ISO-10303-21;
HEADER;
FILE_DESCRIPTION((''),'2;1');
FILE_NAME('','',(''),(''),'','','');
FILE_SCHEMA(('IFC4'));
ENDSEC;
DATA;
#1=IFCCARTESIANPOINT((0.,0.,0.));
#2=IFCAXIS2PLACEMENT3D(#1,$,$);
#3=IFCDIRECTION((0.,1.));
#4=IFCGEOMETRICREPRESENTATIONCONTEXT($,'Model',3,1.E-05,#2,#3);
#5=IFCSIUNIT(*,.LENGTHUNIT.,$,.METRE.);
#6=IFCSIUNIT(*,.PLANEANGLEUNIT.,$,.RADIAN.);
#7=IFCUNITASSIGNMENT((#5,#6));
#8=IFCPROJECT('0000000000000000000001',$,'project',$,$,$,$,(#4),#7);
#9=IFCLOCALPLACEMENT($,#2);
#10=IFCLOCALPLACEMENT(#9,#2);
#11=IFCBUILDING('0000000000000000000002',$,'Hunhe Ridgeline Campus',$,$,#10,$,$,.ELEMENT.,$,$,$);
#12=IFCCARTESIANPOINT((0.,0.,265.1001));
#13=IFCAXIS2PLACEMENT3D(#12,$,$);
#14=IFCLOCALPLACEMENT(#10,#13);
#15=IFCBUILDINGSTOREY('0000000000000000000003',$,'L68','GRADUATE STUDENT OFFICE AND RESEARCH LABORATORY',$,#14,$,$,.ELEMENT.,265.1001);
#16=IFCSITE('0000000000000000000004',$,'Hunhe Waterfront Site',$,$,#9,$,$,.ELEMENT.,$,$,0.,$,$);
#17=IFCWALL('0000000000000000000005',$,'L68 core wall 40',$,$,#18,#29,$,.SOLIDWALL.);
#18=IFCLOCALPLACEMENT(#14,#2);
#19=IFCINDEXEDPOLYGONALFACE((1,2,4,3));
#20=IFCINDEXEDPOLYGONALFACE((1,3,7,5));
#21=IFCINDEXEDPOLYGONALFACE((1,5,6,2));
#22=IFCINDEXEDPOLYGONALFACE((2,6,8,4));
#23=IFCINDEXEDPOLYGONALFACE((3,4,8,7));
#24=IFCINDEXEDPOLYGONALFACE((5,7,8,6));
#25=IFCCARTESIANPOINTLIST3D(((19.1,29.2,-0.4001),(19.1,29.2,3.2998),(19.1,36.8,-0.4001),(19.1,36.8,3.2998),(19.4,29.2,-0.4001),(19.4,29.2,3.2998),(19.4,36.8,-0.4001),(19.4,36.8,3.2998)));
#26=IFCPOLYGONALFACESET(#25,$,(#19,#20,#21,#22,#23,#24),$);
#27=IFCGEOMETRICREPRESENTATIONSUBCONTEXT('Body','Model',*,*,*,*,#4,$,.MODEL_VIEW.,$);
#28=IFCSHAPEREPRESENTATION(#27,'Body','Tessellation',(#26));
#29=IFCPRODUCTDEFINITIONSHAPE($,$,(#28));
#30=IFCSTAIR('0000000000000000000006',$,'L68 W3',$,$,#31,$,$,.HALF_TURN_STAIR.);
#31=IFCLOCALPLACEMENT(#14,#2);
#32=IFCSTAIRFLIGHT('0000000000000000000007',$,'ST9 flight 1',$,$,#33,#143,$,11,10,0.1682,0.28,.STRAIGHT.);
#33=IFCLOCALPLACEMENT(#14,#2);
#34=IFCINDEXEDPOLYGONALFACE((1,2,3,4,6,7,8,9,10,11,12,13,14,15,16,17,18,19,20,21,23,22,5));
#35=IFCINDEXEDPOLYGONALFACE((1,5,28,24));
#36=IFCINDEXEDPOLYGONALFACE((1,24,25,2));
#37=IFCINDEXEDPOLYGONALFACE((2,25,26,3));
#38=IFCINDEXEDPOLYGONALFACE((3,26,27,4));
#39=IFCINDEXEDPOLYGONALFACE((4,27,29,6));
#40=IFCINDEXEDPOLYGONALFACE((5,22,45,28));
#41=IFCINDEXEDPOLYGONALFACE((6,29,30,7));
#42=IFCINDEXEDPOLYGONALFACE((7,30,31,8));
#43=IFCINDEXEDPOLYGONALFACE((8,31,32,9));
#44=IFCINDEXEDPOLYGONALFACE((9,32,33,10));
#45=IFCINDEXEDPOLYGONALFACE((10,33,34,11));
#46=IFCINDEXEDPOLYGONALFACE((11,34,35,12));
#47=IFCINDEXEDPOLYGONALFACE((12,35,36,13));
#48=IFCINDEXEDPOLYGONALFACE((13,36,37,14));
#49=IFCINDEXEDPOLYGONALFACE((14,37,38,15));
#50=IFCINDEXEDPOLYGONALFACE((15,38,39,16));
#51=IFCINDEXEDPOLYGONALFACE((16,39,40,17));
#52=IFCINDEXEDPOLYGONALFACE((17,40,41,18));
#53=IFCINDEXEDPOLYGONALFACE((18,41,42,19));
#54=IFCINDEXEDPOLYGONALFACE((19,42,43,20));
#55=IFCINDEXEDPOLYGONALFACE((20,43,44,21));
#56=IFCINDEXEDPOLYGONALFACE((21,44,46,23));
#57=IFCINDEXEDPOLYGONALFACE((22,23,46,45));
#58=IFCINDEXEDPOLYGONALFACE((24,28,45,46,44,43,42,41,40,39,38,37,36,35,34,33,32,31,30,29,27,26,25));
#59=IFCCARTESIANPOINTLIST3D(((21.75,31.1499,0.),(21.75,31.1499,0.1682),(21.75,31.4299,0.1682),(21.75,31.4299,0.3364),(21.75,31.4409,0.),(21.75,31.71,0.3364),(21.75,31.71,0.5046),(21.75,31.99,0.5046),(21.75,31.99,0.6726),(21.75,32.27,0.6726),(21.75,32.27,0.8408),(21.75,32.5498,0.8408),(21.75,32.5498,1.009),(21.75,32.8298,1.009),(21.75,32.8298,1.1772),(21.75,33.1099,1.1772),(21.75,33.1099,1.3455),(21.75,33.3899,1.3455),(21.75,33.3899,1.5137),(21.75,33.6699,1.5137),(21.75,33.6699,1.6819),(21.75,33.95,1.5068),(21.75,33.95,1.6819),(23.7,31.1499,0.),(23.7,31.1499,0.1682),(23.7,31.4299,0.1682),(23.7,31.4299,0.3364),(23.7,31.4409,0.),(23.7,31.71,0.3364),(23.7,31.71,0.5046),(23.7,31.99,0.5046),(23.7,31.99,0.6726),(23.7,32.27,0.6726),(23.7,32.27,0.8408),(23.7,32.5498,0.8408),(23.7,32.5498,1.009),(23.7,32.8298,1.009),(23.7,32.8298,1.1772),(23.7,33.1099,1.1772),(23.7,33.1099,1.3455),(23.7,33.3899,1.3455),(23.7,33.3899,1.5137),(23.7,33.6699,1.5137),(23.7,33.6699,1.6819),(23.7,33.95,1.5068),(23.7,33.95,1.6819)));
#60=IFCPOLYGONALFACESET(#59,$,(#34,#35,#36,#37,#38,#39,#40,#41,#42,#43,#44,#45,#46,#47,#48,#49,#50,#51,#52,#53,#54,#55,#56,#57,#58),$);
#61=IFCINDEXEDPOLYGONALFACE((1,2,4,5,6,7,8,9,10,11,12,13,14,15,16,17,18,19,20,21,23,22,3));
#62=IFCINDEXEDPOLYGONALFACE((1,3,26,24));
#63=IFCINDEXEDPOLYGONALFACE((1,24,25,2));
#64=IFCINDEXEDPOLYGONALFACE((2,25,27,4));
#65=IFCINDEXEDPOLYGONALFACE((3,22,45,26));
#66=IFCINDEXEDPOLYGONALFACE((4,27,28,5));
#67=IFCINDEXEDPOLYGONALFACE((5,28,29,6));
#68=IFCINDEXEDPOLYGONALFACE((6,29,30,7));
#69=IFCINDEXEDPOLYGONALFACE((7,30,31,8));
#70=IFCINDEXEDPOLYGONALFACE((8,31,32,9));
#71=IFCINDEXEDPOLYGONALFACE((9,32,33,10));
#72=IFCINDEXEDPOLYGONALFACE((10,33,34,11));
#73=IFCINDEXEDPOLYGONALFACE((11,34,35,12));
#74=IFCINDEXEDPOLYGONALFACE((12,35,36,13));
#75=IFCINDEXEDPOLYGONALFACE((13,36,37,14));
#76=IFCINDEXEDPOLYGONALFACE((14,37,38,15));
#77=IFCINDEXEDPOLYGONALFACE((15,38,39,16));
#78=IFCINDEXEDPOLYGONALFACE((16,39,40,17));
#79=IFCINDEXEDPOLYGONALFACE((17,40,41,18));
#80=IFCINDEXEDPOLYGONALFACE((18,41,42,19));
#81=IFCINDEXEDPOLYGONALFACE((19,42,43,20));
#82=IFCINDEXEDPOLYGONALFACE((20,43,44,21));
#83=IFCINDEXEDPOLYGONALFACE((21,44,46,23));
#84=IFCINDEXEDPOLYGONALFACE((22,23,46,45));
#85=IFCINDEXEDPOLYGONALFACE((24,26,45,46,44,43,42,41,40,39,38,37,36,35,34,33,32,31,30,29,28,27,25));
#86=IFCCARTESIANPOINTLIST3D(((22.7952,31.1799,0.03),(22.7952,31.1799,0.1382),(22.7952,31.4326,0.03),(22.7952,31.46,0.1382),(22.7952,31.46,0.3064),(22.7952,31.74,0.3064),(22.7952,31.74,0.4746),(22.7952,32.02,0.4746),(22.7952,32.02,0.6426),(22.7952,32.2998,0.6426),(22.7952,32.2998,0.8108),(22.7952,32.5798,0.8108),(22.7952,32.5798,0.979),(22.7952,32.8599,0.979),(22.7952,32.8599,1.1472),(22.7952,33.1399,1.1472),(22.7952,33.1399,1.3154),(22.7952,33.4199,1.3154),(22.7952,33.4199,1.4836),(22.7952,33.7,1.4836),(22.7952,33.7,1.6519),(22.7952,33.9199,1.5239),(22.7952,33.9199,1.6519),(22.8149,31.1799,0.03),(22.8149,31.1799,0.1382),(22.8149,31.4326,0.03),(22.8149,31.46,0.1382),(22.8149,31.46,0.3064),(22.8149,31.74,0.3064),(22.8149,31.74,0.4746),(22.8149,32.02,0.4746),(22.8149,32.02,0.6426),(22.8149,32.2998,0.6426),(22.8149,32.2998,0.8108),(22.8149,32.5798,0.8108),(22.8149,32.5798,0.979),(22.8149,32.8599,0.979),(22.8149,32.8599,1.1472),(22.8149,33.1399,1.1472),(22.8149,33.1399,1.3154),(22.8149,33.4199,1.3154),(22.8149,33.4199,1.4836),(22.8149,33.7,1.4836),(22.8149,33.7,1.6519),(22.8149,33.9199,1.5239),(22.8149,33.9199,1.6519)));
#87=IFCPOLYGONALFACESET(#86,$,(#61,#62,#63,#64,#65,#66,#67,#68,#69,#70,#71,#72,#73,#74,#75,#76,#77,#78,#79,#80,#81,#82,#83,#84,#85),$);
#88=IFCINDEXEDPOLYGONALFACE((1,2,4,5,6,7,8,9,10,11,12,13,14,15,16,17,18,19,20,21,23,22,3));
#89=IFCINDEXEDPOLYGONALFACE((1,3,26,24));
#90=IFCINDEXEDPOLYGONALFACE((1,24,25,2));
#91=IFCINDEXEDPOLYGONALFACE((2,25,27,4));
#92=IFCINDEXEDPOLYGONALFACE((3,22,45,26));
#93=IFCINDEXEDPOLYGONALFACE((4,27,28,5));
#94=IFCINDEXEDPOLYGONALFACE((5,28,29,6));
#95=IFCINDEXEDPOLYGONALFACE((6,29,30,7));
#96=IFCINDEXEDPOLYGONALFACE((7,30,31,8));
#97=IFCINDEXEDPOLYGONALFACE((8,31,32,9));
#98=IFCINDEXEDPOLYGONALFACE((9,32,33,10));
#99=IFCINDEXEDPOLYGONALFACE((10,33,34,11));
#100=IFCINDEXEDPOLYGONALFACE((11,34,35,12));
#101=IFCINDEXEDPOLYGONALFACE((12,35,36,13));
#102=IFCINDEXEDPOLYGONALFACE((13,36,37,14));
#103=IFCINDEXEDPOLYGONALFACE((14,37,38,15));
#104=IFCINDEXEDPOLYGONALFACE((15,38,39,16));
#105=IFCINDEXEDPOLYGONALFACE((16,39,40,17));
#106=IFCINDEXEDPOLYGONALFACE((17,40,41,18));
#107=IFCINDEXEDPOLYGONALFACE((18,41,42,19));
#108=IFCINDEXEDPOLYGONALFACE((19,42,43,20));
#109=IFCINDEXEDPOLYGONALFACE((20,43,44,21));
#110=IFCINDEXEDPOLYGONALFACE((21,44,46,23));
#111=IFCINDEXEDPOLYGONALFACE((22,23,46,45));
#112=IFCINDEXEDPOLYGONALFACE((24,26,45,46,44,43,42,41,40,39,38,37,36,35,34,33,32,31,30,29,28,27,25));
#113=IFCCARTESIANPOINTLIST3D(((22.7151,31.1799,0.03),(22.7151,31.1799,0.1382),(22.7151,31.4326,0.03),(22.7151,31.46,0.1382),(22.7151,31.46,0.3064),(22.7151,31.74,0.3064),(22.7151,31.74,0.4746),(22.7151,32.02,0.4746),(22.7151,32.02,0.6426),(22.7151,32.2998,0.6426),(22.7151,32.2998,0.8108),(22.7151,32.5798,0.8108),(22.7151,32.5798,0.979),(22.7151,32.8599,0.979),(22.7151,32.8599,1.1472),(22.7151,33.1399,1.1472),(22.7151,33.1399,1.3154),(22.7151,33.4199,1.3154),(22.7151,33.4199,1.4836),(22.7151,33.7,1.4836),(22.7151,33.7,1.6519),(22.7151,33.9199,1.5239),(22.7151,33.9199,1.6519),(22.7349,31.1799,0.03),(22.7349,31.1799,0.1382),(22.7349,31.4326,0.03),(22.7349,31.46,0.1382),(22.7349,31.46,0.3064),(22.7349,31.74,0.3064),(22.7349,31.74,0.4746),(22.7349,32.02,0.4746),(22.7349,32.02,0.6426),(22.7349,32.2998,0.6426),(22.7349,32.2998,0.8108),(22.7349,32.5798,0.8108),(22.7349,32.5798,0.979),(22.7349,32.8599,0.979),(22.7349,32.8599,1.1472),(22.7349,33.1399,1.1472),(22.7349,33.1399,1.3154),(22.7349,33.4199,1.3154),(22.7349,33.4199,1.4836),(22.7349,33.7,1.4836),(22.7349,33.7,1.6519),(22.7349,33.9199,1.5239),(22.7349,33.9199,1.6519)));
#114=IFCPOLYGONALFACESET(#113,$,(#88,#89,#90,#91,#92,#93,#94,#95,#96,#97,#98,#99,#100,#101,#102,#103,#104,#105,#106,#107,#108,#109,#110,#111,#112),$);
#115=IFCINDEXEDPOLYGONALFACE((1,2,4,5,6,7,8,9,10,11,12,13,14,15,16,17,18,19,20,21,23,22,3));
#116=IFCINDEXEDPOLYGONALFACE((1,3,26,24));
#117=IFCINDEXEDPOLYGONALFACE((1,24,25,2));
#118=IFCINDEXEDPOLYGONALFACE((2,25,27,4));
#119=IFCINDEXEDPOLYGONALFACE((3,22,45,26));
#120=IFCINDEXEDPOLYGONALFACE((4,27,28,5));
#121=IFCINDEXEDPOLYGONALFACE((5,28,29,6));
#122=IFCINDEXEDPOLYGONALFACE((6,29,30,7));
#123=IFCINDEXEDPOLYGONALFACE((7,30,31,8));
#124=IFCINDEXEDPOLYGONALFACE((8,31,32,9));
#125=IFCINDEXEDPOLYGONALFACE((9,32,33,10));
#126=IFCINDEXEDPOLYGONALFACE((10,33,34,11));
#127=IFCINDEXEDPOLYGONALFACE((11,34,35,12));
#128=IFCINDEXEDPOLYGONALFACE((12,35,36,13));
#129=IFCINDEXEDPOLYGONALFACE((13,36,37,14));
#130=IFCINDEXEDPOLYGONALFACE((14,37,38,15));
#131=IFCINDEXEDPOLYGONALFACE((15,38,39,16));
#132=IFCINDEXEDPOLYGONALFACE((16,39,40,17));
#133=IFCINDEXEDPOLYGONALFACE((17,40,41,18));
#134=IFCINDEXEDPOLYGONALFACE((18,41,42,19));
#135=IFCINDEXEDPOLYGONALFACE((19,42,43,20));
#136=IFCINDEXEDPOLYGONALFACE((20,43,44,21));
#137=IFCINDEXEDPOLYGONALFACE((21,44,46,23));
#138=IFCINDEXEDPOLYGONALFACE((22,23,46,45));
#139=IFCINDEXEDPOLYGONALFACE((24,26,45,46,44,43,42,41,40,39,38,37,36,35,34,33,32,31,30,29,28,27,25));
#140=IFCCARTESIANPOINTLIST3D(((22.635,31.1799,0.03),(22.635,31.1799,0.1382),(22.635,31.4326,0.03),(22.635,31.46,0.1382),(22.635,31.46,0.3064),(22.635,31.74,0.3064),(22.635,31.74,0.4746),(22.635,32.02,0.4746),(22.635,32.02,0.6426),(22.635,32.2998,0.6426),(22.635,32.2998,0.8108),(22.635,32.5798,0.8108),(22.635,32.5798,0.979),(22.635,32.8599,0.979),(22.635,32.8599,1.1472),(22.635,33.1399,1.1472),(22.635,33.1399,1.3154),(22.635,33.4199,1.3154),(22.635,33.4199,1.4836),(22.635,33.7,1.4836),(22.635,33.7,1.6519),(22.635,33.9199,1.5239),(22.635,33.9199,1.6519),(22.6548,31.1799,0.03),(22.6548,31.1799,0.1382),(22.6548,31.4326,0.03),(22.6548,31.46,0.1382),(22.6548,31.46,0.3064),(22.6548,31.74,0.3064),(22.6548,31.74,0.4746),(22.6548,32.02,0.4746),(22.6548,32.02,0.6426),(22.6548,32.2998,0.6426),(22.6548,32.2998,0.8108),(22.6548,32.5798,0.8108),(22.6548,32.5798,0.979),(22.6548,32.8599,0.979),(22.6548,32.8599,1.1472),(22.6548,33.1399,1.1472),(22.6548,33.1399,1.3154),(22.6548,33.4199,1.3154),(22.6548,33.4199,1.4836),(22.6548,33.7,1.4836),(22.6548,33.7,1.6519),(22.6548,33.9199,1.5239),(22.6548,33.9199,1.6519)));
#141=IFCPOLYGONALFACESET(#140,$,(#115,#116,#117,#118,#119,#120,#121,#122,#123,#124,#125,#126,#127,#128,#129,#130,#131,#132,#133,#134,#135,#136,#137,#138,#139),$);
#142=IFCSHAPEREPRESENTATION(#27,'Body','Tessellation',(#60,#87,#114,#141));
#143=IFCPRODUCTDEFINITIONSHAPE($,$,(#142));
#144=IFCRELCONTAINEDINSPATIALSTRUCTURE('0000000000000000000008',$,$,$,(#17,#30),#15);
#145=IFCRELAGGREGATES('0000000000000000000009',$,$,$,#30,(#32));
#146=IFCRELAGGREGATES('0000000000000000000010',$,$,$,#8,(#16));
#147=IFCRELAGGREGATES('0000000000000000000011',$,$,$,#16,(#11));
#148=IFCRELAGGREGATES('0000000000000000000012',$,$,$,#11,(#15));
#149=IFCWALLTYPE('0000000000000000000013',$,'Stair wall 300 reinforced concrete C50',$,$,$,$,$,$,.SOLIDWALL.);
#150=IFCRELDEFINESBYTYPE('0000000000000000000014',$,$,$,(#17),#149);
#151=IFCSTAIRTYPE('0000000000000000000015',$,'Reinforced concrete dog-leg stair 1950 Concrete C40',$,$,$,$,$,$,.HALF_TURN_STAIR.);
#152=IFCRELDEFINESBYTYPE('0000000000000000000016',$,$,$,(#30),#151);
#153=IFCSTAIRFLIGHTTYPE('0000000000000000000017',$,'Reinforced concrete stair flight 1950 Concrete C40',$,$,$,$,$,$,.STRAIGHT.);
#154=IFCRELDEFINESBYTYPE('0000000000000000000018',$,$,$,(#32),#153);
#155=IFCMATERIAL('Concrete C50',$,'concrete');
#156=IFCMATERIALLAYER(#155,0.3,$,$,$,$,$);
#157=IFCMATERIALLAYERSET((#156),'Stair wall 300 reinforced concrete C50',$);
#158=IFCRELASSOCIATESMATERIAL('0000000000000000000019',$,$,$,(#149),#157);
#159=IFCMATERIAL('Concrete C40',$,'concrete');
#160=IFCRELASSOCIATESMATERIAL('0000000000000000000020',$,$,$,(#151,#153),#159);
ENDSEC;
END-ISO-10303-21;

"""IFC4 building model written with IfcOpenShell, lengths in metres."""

from ifc_helpers import new_model, si_unit, direction, frame, frame_2d, origin, place, context, subcontext, project, spatial, polyline, rectangle, outline, extrude, material, layer, layer_set, type_object, element, aggregate, save


model = new_model("IFC4")

# Units and contexts
model_context = context("Model", 3, precision=1e-05, world=origin(), true_north=direction((0.0, 1.0)))
body_context = subcontext(model_context, "Body", "Model", "MODEL_VIEW")
ifc_project = project(units=[si_unit("LENGTHUNIT", "METRE"), si_unit("PLANEANGLEUNIT", "RADIAN")], contexts=[model_context])

# Site, building, storey
site_placement = place(None, origin())
site = spatial("IfcSite", under=ifc_project, at=site_placement, Name="Hunhe Waterfront Site", CompositionType="ELEMENT", RefElevation=0.0)
building_placement = place(site_placement, origin())
building = spatial("IfcBuilding", under=site, at=building_placement, Name="Hunhe Ridgeline Campus", CompositionType="ELEMENT")
storey_placement = place(building_placement, frame((0.0, 0.0, 265.1001)))
storey = spatial("IfcBuildingStorey", under=building, at=storey_placement, Name="L68", Description="GRADUATE STUDENT OFFICE AND RESEARCH LABORATORY", CompositionType="ELEMENT", Elevation=265.1001)

# Shared definitions
ifc_material_1 = material(Name="Concrete C50", Category="concrete")

# Wall
ifc_layer_1 = layer(ifc_material_1, 0.3)
ifc_layer_set_1 = layer_set([ifc_layer_1], Name="Stair wall 300 reinforced concrete C50")
wall_type_1 = type_object("IfcWallType", Name="Stair wall 300 reinforced concrete C50", PredefinedType="SOLIDWALL", material=ifc_layer_set_1)
wall_1_placement = place(storey_placement, frame((19.25, 29.2, -0.4001), z_axis=(0.0, 0.0, 1.0), x_axis=(0.0, 1.0, 0.0)))
element("IfcWall", 1, at=wall_1_placement, inside=storey, type_object=wall_type_1, Name="L68 core wall 40", PredefinedType="SOLIDWALL", context=body_context, shape_type="SweptSolid", body=[
    extrude(rectangle(XDim=7.6001, YDim=0.3, at=frame_2d((3.8, 0.0))), origin(), (0.0, 0.0, 1.0), 3.7),
])

# Stair, stair flight
ifc_material_2 = material(Name="Concrete C40", Category="concrete")
stair_type = type_object("IfcStairType", Name="Reinforced concrete dog-leg stair 1950 Concrete C40", PredefinedType="HALF_TURN_STAIR", material=ifc_material_2)
stair_placement = place(storey_placement, origin())
stair = element("IfcStair", 2, at=stair_placement, inside=storey, type_object=stair_type, Name="L68 W3", PredefinedType="HALF_TURN_STAIR")
stair_flight_type = type_object("IfcStairFlightType", Name="Reinforced concrete stair flight 1950 Concrete C40", PredefinedType="STRAIGHT", material=ifc_material_2)
stair_flight_placement = place(storey_placement, frame((22.7251, 31.1499, 0.0), z_axis=(0.0, 0.0, 1.0), x_axis=(0.0, 1.0, 0.0)))
stair_flight = element("IfcStairFlight", 3, at=stair_flight_placement, type_object=stair_flight_type, Name="ST9 flight 1", NumberOfRisers=11, NumberOfTreads=10, PredefinedType="STRAIGHT", RiserHeight=0.1682, TreadLength=0.28, context=body_context, shape_type="SweptSolid", body=[
    extrude(outline(polyline([(0.0, 0.0), (0.0, 0.1682), (0.28, 0.1682), (0.28, 0.3364), (0.5601, 0.3364), (0.5601, 0.5046), (0.8401, 0.5046), (0.8401, 0.6726), (1.1201, 0.6726), (1.1201, 0.8408), (1.3999, 0.8408), (1.3999, 1.009), (1.6799, 1.009), (1.6799, 1.1772), (1.96, 1.1772), (1.96, 1.3455), (2.24, 1.3455), (2.24, 1.5137), (2.52, 1.5137), (2.52, 1.6819), (2.8, 1.6819), (2.8, 1.8501), (2.8, 1.5068), (0.291, 0.0), (0.0, 0.0)])), frame((0.0, 0.9751, 0.0), z_axis=(0.0, -1.0, 0.0), x_axis=(1.0, 0.0, 0.0)), (0.0, 0.0, 1.0), 1.95),
    extrude(outline(polyline([(0.03, 0.03), (0.03, 0.1382), (0.3101, 0.1382), (0.3101, 0.3064), (0.5901, 0.3064), (0.5901, 0.4746), (0.8701, 0.4746), (0.8701, 0.6426), (1.1499, 0.6426), (1.1499, 0.8108), (1.4299, 0.8108), (1.4299, 0.979), (1.71, 0.979), (1.71, 1.1472), (1.99, 1.1472), (1.99, 1.3154), (2.27, 1.3154), (2.27, 1.4836), (2.55, 1.4836), (2.55, 1.6519), (2.77, 1.6519), (2.77, 1.5239), (0.2827, 0.03), (0.03, 0.03)])), frame((0.0, -0.0701, 0.0), z_axis=(0.0, -1.0, 0.0), x_axis=(1.0, 0.0, 0.0)), (0.0, 0.0, 1.0), 0.0198),
    extrude(outline(polyline([(0.03, 0.03), (0.03, 0.1382), (0.3101, 0.1382), (0.3101, 0.3064), (0.5901, 0.3064), (0.5901, 0.4746), (0.8701, 0.4746), (0.8701, 0.6426), (1.1499, 0.6426), (1.1499, 0.8108), (1.4299, 0.8108), (1.4299, 0.979), (1.71, 0.979), (1.71, 1.1472), (1.99, 1.1472), (1.99, 1.3154), (2.27, 1.3154), (2.27, 1.4836), (2.55, 1.4836), (2.55, 1.6519), (2.77, 1.6519), (2.77, 1.5239), (0.2827, 0.03), (0.03, 0.03)])), frame((0.0, 0.01, 0.0), z_axis=(0.0, -1.0, 0.0), x_axis=(1.0, 0.0, 0.0)), (0.0, 0.0, 1.0), 0.0198),
    extrude(outline(polyline([(0.03, 0.03), (0.03, 0.1382), (0.3101, 0.1382), (0.3101, 0.3064), (0.5901, 0.3064), (0.5901, 0.4746), (0.8701, 0.4746), (0.8701, 0.6426), (1.1499, 0.6426), (1.1499, 0.8108), (1.4299, 0.8108), (1.4299, 0.979), (1.71, 0.979), (1.71, 1.1472), (1.99, 1.1472), (1.99, 1.3154), (2.27, 1.3154), (2.27, 1.4836), (2.55, 1.4836), (2.55, 1.6519), (2.77, 1.6519), (2.77, 1.5239), (0.2827, 0.03), (0.03, 0.03)])), frame((0.0, 0.0901, 0.0), z_axis=(0.0, -1.0, 0.0), x_axis=(1.0, 0.0, 0.0)), (0.0, 0.0, 1.0), 0.0198),
])
aggregate(stair, [stair_flight])

save(model, "model.ifc")
